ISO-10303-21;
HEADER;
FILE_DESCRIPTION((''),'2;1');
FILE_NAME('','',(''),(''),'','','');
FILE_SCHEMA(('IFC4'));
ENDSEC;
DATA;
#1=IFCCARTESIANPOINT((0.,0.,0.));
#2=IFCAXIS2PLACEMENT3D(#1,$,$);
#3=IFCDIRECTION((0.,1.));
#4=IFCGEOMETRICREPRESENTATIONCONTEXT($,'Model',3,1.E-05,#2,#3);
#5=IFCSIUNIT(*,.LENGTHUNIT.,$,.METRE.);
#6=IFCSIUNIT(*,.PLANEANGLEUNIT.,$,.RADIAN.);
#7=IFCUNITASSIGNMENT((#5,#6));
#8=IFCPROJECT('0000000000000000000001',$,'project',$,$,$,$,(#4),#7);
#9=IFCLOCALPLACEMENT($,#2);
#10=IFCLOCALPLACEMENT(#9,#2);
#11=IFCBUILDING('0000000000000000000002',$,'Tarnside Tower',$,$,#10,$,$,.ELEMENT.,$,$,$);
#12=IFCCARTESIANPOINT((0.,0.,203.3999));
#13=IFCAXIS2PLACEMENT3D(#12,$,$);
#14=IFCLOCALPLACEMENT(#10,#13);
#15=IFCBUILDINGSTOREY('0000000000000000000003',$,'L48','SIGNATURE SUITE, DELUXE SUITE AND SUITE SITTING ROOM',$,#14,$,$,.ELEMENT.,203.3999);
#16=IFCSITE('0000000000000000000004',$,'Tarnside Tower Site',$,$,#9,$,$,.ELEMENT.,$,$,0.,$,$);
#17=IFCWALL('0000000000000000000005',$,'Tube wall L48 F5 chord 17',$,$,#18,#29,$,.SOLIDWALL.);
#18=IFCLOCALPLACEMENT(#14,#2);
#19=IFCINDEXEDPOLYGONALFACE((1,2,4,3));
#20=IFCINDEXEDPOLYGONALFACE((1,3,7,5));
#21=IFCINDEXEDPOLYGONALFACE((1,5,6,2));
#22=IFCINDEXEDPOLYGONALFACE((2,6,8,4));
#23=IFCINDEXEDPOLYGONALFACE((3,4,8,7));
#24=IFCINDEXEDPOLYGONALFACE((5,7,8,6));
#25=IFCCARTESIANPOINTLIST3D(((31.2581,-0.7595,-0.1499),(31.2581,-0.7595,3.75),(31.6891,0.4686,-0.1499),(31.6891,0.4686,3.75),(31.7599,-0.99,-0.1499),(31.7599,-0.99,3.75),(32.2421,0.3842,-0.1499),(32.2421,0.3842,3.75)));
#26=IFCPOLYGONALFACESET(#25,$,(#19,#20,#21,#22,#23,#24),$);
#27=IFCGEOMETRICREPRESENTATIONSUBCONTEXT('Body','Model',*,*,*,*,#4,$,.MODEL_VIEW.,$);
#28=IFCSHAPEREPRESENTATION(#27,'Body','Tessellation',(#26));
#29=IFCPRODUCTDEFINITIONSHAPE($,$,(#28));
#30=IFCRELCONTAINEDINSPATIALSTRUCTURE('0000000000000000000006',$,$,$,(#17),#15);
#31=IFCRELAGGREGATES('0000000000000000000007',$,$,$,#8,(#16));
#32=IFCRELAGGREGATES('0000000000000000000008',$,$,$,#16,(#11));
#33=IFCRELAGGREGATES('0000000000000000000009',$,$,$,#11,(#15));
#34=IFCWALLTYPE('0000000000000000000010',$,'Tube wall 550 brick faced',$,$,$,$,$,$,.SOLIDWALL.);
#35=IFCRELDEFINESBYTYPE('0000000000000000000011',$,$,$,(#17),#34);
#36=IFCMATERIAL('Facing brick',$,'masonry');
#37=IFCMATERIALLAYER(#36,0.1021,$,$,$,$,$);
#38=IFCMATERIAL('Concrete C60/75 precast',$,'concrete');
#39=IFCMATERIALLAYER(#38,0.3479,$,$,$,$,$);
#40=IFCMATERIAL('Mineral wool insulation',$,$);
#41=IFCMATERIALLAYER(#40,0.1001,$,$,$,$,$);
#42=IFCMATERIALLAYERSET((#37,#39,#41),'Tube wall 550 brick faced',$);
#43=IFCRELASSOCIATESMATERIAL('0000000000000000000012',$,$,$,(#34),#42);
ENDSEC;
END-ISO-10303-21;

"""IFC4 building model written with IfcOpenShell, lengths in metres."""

from ifc_helpers import new_model, si_unit, direction, frame, origin, place, context, subcontext, project, spatial, polyline, outline, extrude, material, layer, layer_set, type_object, element, save


model = new_model("IFC4")

# Units and contexts
model_context = context("Model", 3, precision=1e-05, world=origin(), true_north=direction((0.0, 1.0)))
body_context = subcontext(model_context, "Body", "Model", "MODEL_VIEW")
ifc_project = project(units=[si_unit("LENGTHUNIT", "METRE"), si_unit("PLANEANGLEUNIT", "RADIAN")], contexts=[model_context])

# Site, building, storey
site_placement = place(None, origin())
site = spatial("IfcSite", under=ifc_project, at=site_placement, Name="Tarnside Tower Site", CompositionType="ELEMENT", RefElevation=0.0)
building_placement = place(site_placement, origin())
building = spatial("IfcBuilding", under=site, at=building_placement, Name="Tarnside Tower", CompositionType="ELEMENT")
storey_placement = place(building_placement, frame((0.0, 0.0, 203.3999)))
storey = spatial("IfcBuildingStorey", under=building, at=storey_placement, Name="L48", Description="SIGNATURE SUITE, DELUXE SUITE AND SUITE SITTING ROOM", CompositionType="ELEMENT", Elevation=203.3999)

# Wall
ifc_material_1 = material(Name="Facing brick", Category="masonry")
ifc_layer_1 = layer(ifc_material_1, 0.1021)
ifc_material_2 = material(Name="Concrete C60/75 precast", Category="concrete")
ifc_layer_2 = layer(ifc_material_2, 0.3479)
ifc_material_3 = material(Name="Mineral wool insulation")
ifc_layer_3 = layer(ifc_material_3, 0.1001)
ifc_layer_set_1 = layer_set([ifc_layer_1, ifc_layer_2, ifc_layer_3], Name="Tube wall 550 brick faced")
wall_type_1 = type_object("IfcWallType", Name="Tube wall 550 brick faced", PredefinedType="SOLIDWALL", material=ifc_layer_set_1)
wall_1_placement = place(storey_placement, frame((31.509, -0.8748, -0.1499), z_axis=(0.0, 0.0, 1.0), x_axis=(0.331115, 0.94359, 0.0)))
element("IfcWall", 1, at=wall_1_placement, inside=storey, type_object=wall_type_1, Name="Tube wall L48 F5 chord 17", PredefinedType="SOLIDWALL", context=body_context, shape_type="SweptSolid", body=[
    extrude(outline(polyline([(-0.0256, -0.2749), (1.4307, -0.2749), (1.3271, 0.2749), (0.0256, 0.2749), (-0.0256, -0.2749)])), origin(), (0.0, 0.0, 1.0), 3.8999),
])

save(model, "model.ifc")
